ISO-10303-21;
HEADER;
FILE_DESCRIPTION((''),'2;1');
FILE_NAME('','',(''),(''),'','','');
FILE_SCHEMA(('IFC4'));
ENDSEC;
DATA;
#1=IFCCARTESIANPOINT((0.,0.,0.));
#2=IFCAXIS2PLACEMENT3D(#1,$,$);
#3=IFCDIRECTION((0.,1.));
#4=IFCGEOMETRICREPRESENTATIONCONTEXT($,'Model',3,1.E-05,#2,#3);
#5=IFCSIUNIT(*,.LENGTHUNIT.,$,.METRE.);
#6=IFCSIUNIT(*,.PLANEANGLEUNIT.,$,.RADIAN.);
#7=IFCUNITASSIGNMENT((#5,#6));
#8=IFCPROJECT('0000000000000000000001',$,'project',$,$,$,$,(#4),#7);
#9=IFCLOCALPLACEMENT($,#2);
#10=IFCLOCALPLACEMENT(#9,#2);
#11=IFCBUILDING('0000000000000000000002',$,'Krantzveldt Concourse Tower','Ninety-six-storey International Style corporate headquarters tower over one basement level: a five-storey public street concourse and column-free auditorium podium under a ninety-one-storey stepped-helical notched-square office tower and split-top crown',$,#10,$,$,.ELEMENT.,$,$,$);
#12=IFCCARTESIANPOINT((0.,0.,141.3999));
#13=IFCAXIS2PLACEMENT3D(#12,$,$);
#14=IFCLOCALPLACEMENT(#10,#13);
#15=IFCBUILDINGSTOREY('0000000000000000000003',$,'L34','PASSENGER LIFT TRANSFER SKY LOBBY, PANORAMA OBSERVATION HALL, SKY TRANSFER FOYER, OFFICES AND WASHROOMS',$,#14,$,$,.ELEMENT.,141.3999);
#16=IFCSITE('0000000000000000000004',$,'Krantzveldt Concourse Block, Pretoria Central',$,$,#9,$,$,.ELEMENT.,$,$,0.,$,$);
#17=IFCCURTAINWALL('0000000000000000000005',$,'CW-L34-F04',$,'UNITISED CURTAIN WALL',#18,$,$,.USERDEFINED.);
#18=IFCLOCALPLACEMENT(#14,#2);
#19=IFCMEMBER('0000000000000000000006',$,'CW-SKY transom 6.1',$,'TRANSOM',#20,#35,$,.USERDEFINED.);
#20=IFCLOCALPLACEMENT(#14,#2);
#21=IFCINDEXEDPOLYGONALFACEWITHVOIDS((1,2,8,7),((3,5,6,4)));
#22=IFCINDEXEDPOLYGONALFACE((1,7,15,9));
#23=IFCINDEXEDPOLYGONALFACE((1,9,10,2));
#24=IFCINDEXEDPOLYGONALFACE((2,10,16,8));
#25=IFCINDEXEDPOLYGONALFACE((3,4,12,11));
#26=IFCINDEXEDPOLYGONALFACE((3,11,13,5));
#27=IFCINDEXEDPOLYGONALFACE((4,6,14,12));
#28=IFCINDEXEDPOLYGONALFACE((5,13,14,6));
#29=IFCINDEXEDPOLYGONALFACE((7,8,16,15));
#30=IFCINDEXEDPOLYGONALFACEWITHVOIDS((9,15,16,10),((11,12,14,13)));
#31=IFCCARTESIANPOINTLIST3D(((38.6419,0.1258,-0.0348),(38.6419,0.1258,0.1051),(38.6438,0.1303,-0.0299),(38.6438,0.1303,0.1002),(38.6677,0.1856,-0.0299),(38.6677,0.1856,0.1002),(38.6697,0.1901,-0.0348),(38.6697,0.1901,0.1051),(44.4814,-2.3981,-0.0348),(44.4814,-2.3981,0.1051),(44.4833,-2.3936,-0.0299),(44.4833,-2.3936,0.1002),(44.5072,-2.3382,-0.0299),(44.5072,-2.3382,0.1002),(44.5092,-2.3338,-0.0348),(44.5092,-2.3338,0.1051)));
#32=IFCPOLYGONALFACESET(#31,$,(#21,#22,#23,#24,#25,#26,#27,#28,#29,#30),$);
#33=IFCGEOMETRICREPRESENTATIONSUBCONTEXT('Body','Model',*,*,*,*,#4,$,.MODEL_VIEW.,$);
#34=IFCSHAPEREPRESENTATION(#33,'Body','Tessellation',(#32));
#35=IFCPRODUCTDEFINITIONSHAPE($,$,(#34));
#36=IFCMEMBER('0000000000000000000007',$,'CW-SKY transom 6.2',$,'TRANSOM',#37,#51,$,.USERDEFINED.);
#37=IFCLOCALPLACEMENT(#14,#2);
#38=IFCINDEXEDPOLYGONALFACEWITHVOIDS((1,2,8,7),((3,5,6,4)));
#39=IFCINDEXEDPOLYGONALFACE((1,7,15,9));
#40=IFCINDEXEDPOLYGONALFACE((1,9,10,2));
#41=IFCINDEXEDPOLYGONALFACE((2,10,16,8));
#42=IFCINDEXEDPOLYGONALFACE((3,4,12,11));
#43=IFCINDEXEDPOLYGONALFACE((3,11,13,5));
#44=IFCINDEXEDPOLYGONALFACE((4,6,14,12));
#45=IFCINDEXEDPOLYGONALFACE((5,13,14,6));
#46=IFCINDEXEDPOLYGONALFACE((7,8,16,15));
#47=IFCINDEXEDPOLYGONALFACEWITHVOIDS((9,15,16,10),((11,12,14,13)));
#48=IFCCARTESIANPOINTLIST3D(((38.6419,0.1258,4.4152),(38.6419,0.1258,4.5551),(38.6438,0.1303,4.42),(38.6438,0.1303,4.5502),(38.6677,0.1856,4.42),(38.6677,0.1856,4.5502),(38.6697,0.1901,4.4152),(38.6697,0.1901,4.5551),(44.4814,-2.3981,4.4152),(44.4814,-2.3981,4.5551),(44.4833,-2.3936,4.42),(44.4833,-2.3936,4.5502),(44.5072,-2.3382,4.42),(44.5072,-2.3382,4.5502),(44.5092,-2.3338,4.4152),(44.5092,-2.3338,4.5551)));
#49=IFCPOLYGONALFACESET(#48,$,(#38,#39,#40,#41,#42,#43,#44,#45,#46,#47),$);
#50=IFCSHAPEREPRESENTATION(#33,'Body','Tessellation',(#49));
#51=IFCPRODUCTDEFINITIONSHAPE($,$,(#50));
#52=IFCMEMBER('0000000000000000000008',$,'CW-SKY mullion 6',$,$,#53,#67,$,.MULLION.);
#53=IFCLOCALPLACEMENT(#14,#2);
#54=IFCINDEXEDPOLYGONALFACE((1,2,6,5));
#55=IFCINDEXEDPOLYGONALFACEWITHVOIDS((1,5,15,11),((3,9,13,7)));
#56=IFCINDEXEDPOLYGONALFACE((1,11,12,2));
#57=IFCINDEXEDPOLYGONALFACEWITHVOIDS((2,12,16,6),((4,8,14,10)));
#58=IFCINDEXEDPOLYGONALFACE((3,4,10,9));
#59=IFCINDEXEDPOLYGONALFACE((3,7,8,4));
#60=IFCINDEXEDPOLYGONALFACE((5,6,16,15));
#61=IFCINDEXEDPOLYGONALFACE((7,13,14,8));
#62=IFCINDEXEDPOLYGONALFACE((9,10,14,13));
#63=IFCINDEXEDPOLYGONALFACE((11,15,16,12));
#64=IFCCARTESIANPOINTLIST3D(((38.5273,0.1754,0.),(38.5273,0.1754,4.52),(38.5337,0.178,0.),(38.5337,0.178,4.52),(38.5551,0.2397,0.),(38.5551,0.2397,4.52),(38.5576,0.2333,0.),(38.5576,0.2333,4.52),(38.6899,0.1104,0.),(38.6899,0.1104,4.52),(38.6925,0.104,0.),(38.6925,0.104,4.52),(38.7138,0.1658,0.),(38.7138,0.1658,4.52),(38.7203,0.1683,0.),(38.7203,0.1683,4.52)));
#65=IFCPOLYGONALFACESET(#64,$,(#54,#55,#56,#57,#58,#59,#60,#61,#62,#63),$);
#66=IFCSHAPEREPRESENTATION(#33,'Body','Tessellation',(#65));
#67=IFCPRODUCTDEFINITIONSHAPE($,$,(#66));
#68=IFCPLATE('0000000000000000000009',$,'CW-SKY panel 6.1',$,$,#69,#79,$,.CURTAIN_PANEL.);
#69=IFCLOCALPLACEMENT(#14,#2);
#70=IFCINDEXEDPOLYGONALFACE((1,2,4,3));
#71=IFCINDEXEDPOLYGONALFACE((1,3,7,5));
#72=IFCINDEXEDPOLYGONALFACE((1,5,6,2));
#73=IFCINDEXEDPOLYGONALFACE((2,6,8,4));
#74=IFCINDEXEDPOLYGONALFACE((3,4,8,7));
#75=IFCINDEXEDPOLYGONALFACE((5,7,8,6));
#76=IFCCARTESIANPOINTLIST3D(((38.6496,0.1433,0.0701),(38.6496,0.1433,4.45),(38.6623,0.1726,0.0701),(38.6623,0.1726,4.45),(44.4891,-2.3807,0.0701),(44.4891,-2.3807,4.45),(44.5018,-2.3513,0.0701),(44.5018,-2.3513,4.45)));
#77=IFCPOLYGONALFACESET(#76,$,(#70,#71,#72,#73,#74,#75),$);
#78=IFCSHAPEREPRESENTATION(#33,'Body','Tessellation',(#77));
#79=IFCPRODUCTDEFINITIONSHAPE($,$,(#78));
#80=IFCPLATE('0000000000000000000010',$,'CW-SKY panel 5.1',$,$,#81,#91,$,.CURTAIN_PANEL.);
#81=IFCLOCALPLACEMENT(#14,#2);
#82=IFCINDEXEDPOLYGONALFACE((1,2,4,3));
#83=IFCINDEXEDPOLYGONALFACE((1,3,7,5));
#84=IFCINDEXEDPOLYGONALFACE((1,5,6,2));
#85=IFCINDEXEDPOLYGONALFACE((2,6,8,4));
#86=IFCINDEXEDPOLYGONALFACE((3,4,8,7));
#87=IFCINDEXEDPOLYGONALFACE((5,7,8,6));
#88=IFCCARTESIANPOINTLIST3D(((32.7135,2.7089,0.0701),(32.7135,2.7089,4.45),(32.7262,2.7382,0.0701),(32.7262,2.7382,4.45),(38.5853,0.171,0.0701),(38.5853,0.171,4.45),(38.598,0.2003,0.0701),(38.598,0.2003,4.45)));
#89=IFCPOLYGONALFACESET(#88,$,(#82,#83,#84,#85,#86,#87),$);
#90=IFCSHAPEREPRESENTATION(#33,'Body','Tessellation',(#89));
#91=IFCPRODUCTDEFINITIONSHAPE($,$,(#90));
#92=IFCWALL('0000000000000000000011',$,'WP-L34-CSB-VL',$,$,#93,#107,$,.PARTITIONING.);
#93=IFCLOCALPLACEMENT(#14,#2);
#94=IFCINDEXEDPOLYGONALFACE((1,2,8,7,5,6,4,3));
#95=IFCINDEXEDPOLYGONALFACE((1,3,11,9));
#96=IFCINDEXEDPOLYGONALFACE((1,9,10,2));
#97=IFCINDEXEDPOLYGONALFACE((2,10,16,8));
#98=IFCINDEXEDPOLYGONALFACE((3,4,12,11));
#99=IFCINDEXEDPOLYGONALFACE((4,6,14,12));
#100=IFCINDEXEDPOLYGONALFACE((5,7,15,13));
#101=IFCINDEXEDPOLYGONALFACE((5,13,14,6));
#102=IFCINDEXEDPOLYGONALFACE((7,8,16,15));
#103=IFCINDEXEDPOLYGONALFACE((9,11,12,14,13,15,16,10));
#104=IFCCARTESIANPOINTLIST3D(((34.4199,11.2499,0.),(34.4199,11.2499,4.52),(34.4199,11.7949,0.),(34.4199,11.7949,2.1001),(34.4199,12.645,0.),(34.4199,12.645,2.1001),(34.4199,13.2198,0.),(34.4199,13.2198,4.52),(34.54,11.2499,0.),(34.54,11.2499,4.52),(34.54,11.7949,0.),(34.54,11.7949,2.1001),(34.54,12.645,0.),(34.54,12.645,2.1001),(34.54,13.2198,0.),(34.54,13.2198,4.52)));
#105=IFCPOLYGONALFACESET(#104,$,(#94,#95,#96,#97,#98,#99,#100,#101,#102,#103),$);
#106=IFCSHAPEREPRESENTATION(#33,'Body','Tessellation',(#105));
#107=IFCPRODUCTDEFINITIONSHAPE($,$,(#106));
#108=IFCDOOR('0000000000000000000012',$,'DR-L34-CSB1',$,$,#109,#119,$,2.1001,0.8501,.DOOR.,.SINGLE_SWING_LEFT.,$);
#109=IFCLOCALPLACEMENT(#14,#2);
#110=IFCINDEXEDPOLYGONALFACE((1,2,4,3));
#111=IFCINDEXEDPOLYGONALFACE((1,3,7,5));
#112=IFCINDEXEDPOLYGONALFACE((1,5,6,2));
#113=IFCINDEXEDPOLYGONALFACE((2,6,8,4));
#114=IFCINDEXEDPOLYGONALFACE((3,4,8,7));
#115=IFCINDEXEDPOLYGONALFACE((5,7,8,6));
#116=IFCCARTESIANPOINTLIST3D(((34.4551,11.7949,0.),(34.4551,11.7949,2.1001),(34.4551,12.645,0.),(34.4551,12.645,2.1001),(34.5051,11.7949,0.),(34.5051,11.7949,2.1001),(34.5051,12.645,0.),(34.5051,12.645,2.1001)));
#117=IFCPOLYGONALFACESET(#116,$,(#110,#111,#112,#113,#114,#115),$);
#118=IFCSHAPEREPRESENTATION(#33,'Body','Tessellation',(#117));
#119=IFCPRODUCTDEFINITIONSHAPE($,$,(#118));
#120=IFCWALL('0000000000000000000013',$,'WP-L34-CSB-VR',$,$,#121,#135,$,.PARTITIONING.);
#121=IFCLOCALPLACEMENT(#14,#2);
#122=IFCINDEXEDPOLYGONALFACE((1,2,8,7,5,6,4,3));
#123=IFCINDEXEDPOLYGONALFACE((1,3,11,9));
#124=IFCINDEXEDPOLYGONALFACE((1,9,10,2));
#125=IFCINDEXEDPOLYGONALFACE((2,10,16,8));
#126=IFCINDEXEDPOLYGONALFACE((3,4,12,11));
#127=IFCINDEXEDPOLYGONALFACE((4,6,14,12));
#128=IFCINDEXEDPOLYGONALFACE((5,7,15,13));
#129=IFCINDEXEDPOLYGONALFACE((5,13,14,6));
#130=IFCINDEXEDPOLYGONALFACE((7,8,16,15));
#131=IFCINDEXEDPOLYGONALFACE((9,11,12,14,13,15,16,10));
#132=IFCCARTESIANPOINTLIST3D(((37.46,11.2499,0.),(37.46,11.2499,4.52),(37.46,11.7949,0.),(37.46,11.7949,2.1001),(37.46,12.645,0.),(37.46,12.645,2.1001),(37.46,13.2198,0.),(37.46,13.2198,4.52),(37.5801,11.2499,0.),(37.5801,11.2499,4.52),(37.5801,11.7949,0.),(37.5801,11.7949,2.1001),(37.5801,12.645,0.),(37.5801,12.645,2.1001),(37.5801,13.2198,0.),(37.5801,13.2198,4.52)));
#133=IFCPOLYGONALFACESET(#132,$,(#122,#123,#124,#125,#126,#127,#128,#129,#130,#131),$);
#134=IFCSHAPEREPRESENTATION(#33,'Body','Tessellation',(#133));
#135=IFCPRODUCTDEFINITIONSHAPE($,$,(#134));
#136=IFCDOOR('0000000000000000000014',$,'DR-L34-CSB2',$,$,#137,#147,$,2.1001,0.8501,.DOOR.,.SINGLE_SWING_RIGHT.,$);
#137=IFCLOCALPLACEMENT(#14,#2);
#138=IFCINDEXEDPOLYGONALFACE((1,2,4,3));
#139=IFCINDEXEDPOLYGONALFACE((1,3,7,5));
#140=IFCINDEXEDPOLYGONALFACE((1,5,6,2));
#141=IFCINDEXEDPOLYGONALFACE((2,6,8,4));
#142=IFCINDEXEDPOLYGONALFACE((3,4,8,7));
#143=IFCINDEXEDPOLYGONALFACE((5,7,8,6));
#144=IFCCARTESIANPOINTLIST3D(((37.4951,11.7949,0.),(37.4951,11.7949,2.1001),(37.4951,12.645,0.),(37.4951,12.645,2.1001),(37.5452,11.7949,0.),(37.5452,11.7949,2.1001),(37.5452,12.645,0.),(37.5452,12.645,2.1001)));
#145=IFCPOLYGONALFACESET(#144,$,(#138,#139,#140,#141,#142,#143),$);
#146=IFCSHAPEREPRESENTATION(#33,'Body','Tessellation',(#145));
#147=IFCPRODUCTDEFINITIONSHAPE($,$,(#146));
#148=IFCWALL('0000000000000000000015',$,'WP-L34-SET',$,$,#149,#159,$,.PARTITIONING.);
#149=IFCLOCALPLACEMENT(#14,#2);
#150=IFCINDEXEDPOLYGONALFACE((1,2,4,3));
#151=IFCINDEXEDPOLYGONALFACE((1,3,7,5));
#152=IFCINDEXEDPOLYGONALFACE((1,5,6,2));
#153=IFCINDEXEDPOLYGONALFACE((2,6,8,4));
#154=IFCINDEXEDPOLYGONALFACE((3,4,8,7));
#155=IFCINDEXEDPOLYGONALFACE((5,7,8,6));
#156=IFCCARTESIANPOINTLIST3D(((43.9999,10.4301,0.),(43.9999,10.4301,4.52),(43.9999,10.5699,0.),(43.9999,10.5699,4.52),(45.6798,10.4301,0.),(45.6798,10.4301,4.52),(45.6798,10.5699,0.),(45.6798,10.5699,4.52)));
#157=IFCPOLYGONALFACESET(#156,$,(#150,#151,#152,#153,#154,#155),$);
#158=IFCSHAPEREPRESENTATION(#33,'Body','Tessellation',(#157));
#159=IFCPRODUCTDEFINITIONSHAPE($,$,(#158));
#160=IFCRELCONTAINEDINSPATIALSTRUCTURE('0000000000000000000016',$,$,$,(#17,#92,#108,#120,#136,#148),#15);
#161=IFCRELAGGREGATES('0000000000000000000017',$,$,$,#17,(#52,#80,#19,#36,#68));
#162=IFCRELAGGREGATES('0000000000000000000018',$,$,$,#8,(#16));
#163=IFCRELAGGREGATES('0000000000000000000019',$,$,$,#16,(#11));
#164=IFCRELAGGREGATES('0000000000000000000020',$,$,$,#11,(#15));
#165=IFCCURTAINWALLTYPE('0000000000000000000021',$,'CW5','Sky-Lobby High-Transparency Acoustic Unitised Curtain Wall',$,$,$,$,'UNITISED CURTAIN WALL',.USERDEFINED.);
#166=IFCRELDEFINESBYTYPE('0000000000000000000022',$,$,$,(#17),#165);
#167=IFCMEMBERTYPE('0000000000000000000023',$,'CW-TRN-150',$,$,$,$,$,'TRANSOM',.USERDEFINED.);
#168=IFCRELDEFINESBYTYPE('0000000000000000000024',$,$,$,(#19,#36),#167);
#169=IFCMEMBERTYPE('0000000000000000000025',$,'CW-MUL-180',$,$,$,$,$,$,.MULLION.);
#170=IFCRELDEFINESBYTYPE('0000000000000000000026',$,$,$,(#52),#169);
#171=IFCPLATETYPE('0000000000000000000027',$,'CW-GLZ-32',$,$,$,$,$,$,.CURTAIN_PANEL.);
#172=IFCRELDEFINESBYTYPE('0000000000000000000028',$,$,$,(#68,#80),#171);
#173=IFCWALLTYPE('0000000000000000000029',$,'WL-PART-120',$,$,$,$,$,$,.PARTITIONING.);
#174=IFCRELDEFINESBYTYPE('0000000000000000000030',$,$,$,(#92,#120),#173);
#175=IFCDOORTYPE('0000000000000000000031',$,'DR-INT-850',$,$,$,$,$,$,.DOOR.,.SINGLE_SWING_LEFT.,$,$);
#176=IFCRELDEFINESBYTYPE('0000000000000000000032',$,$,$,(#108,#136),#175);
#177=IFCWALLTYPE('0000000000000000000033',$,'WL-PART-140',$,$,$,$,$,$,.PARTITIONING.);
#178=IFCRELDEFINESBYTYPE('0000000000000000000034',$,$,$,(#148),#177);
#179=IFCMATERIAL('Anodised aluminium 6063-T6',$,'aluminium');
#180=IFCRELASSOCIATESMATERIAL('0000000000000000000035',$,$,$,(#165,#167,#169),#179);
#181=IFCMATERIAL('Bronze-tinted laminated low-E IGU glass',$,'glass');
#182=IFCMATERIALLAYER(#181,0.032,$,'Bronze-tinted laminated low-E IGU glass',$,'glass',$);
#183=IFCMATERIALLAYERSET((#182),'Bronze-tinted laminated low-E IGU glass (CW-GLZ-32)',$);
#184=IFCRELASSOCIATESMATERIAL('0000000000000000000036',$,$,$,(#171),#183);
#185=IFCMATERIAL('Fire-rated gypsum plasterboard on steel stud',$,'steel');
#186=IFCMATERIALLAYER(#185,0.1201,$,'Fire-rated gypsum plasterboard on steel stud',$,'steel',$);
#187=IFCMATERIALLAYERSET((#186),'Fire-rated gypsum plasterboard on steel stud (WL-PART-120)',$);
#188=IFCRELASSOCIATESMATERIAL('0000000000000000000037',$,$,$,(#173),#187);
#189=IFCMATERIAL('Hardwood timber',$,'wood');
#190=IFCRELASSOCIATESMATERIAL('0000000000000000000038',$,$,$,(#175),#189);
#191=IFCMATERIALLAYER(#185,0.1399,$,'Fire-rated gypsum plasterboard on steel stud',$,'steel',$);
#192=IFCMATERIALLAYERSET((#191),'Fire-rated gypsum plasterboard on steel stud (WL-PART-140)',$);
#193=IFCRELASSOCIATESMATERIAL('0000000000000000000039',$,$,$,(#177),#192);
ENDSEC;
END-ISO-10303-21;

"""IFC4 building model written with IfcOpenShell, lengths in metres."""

from ifc_helpers import new_model, si_unit, direction, frame, frame_2d, origin, origin_2d, place, context, subcontext, project, spatial, rectangle, hollow_rectangle, extrude, source, transform, mapped, material, layer, layer_set, material_profile, profile_set, type_object, type_shapes, element, fill, aggregate, save


model = new_model("IFC4")

# Units and contexts
model_context = context("Model", 3, precision=1e-05, world=origin(), true_north=direction((0.0, 1.0)))
body_context = subcontext(model_context, "Body", "Model", "MODEL_VIEW")
ifc_project = project(units=[si_unit("LENGTHUNIT", "METRE"), si_unit("PLANEANGLEUNIT", "RADIAN")], contexts=[model_context])

# Site, building, storey
site_placement = place(None, origin())
site = spatial("IfcSite", under=ifc_project, at=site_placement, Name="Krantzveldt Concourse Block, Pretoria Central", CompositionType="ELEMENT", RefElevation=0.0)
building_placement = place(site_placement, origin())
building = spatial("IfcBuilding", under=site, at=building_placement, Name="Krantzveldt Concourse Tower", Description="Ninety-six-storey International Style corporate headquarters tower over one basement level: a five-storey public street concourse and column-free auditorium podium under a ninety-one-storey stepped-helical notched-square office tower and split-top crown", CompositionType="ELEMENT")
storey_placement = place(building_placement, frame((0.0, 0.0, 141.3999)))
storey = spatial("IfcBuildingStorey", under=building, at=storey_placement, Name="L34", Description="PASSENGER LIFT TRANSFER SKY LOBBY, PANORAMA OBSERVATION HALL, SKY TRANSFER FOYER, OFFICES AND WASHROOMS", CompositionType="ELEMENT", Elevation=141.3999)

# Curtain wall, members, plates
ifc_material_1 = material(Name="Anodised aluminium 6063-T6", Category="aluminium")
curtain_wall_type = type_object("IfcCurtainWallType", Name="CW5", Description="Sky-Lobby High-Transparency Acoustic Unitised Curtain Wall", ElementType="UNITISED CURTAIN WALL", PredefinedType="USERDEFINED", material=ifc_material_1)
curtain_wall_placement = place(storey_placement, origin())
curtain_wall = element("IfcCurtainWall", 1, at=curtain_wall_placement, inside=storey, type_object=curtain_wall_type, Name="CW-L34-F04", ObjectType="UNITISED CURTAIN WALL", PredefinedType="USERDEFINED")
ifc_material_profile_1 = material_profile(ifc_material_1, hollow_rectangle(XDim=0.0701, YDim=0.1399, WallThickness=0.0049, at=origin_2d()), Name="Anodised aluminium 6063-T6", Category="aluminium")
ifc_profile_set_1 = profile_set([ifc_material_profile_1], Name="Anodised aluminium 6063-T6 - ALU-TRAN 140x70x5")
member_type_1 = type_object("IfcMemberType", Name="CW-TRN-150", ElementType="TRANSOM", PredefinedType="USERDEFINED", material=ifc_profile_set_1)
shared_shape_1 = source(origin(), body_context, "Body", "SweptSolid", [
    extrude(hollow_rectangle(XDim=0.0701, YDim=0.1399, WallThickness=0.0049, at=origin_2d()), origin(), (0.0, 0.0, 1.0), 6.3616),
])
type_shapes(member_type_1, [shared_shape_1])
member_1_placement = place(storey_placement, frame((38.6558, 0.158, 0.0352), z_axis=(0.917932, -0.396738, 0.0), x_axis=(0.396738, 0.917932, 0.0)))
member_1 = element("IfcMember", 2, at=member_1_placement, type_object=member_type_1, Name="CW-SKY transom 6.1", ObjectType="TRANSOM", PredefinedType="USERDEFINED", context=body_context, shape_type="MappedRepresentation", body=[
    mapped(shared_shape_1, transform((0.0, 0.0, 0.0), x_axis=(1.0, 0.0, 0.0), y_axis=(0.0, 1.0, 0.0), z_axis=(0.0, 0.0, 1.0), scale=1.0)),
])
member_2_placement = place(storey_placement, frame((38.6558, 0.158, 4.4851), z_axis=(0.917932, -0.396738, 0.0), x_axis=(0.396738, 0.917932, 0.0)))
member_2 = element("IfcMember", 3, at=member_2_placement, type_object=member_type_1, Name="CW-SKY transom 6.2", ObjectType="TRANSOM", PredefinedType="USERDEFINED", context=body_context, shape_type="MappedRepresentation", body=[
    mapped(shared_shape_1, transform((0.0, 0.0, 0.0), x_axis=(1.0, 0.0, 0.0), y_axis=(0.0, 1.0, 0.0), z_axis=(0.0, 0.0, 1.0), scale=1.0)),
])
ifc_material_profile_2 = material_profile(ifc_material_1, hollow_rectangle(XDim=0.0701, YDim=0.1799, WallThickness=0.0049, at=origin_2d()), Name="Anodised aluminium 6063-T6", Category="aluminium")
ifc_profile_set_2 = profile_set([ifc_material_profile_2], Name="Anodised aluminium 6063-T6 - ALU-MULL 180x70x5")
member_type_2 = type_object("IfcMemberType", Name="CW-MUL-180", PredefinedType="MULLION", material=ifc_profile_set_2)
shared_shape_2 = source(origin(), body_context, "Body", "SweptSolid", [
    extrude(hollow_rectangle(XDim=0.0701, YDim=0.1799, WallThickness=0.0049, at=origin_2d()), origin(), (0.0, 0.0, 1.0), 4.52),
])
type_shapes(member_type_2, [shared_shape_2])
member_3_placement = place(storey_placement, frame((38.6238, 0.1719, 0.0), z_axis=(0.0, 0.0, 1.0), x_axis=(0.396747, 0.917928, 0.0)))
member_3 = element("IfcMember", 4, at=member_3_placement, type_object=member_type_2, Name="CW-SKY mullion 6", PredefinedType="MULLION", context=body_context, shape_type="MappedRepresentation", body=[
    mapped(shared_shape_2, transform((0.0, 0.0, 0.0), x_axis=(1.0, 0.0, 0.0), y_axis=(0.0, 1.0, 0.0), z_axis=(0.0, 0.0, 1.0), scale=1.0)),
])
ifc_material_2 = material(Name="Bronze-tinted laminated low-E IGU glass", Category="glass")
ifc_layer_1 = layer(ifc_material_2, 0.032, Name="Bronze-tinted laminated low-E IGU glass", Category="glass")
ifc_layer_set_1 = layer_set([ifc_layer_1], Name="Bronze-tinted laminated low-E IGU glass (CW-GLZ-32)")
plate_type = type_object("IfcPlateType", Name="CW-GLZ-32", PredefinedType="CURTAIN_PANEL", material=ifc_layer_set_1)
shared_shape_3 = source(origin(), body_context, "Body", "SweptSolid", [
    extrude(rectangle(XDim=6.3616, YDim=0.032, at=origin_2d()), origin(), (0.0, 0.0, 1.0), 4.3799),
])
plate_1_placement = place(storey_placement, frame((41.5757, -1.104, 0.0701), z_axis=(0.0, 0.0, 1.0), x_axis=(0.917928, -0.396747, 0.0)))
plate_1 = element("IfcPlate", 5, at=plate_1_placement, type_object=plate_type, Name="CW-SKY panel 6.1", PredefinedType="CURTAIN_PANEL", context=body_context, shape_type="MappedRepresentation", body=[
    mapped(shared_shape_3, transform((0.0, 0.0, 0.0), x_axis=(1.0, 0.0, 0.0), y_axis=(0.0, 1.0, 0.0), z_axis=(0.0, 0.0, 1.0), scale=1.0)),
])
shared_shape_4 = source(origin(), body_context, "Body", "SweptSolid", [
    extrude(rectangle(XDim=6.3967, YDim=0.032, at=origin_2d()), origin(), (0.0, 0.0, 1.0), 4.3799),
])
type_shapes(plate_type, [shared_shape_3, shared_shape_4])
plate_2_placement = place(storey_placement, frame((35.6558, 1.4546, 0.0701), z_axis=(0.0, 0.0, 1.0), x_axis=(0.917928, -0.396747, 0.0)))
plate_2 = element("IfcPlate", 6, at=plate_2_placement, type_object=plate_type, Name="CW-SKY panel 5.1", PredefinedType="CURTAIN_PANEL", context=body_context, shape_type="MappedRepresentation", body=[
    mapped(shared_shape_4, transform((0.0, 0.0, 0.0), x_axis=(1.0, 0.0, 0.0), y_axis=(0.0, 1.0, 0.0), z_axis=(0.0, 0.0, 1.0), scale=1.0)),
])
aggregate(curtain_wall, [member_3, plate_2, member_1, member_2, plate_1])

# Walls, openings, doors
ifc_material_3 = material(Name="Fire-rated gypsum plasterboard on steel stud", Category="steel")
ifc_layer_2 = layer(ifc_material_3, 0.1201, Name="Fire-rated gypsum plasterboard on steel stud", Category="steel")
ifc_layer_set_2 = layer_set([ifc_layer_2], Name="Fire-rated gypsum plasterboard on steel stud (WL-PART-120)")
wall_type_1 = type_object("IfcWallType", Name="WL-PART-120", PredefinedType="PARTITIONING", material=ifc_layer_set_2)
wall_1_placement = place(storey_placement, frame((34.48, 11.25, 0.0), z_axis=(0.0, 0.0, 1.0), x_axis=(0.0, 1.0, 0.0)))
wall_1 = element("IfcWall", 7, at=wall_1_placement, inside=storey, type_object=wall_type_1, Name="WP-L34-CSB-VL", PredefinedType="PARTITIONING", context=body_context, shape_type="SweptSolid", body=[
    extrude(rectangle(XDim=1.97, YDim=0.1201, at=frame_2d((0.9849, 0.0))), origin(), (0.0, 0.0, 1.0), 4.52),
])
opening_1_placement = place(wall_1_placement, frame((0.5449, 0.0, 0.0)))
opening_1 = element("IfcOpeningElement", 8, at=opening_1_placement, cuts=wall_1, PredefinedType="OPENING", context=body_context, shape_type="SweptSolid", body=[
    extrude(rectangle(XDim=0.8501, YDim=2.1001, at=frame_2d((0.425, 1.05))), frame((0.0, 0.0701, 0.0), z_axis=(0.0, -1.0, 0.0), x_axis=(1.0, 0.0, 0.0)), (0.0, 0.0, 1.0), 0.1401),
])
ifc_material_4 = material(Name="Hardwood timber", Category="wood")
door_type_1 = type_object("IfcDoorType", Name="DR-INT-850", OperationType="SINGLE_SWING_LEFT", PredefinedType="DOOR", material=ifc_material_4)
door_1_placement = place(opening_1_placement, origin())
door_1 = element("IfcDoor", 9, at=door_1_placement, inside=storey, type_object=door_type_1, Name="DR-L34-CSB1", OperationType="SINGLE_SWING_LEFT", OverallHeight=2.1001, OverallWidth=0.8501, PredefinedType="DOOR", context=body_context, shape_type="SweptSolid", body=[
    extrude(rectangle(XDim=0.8501, YDim=2.1001, at=frame_2d((0.425, 1.05))), frame((0.0, 0.0249, 0.0), z_axis=(0.0, -1.0, 0.0), x_axis=(1.0, 0.0, 0.0)), (0.0, 0.0, 1.0), 0.05),
])
fill(opening_1, door_1)
wall_2_placement = place(storey_placement, frame((37.52, 11.25, 0.0), z_axis=(0.0, 0.0, 1.0), x_axis=(0.0, 1.0, 0.0)))
wall_2 = element("IfcWall", 10, at=wall_2_placement, inside=storey, type_object=wall_type_1, Name="WP-L34-CSB-VR", PredefinedType="PARTITIONING", context=body_context, shape_type="SweptSolid", body=[
    extrude(rectangle(XDim=1.97, YDim=0.1201, at=frame_2d((0.9849, 0.0))), origin(), (0.0, 0.0, 1.0), 4.52),
])
opening_2_placement = place(wall_2_placement, frame((0.5449, 0.0, 0.0)))
opening_2 = element("IfcOpeningElement", 11, at=opening_2_placement, cuts=wall_2, PredefinedType="OPENING", context=body_context, shape_type="SweptSolid", body=[
    extrude(rectangle(XDim=0.8501, YDim=2.1001, at=frame_2d((0.425, 1.05))), frame((0.0, 0.0701, 0.0), z_axis=(0.0, -1.0, 0.0), x_axis=(1.0, 0.0, 0.0)), (0.0, 0.0, 1.0), 0.1401),
])
door_2_placement = place(opening_2_placement, origin())
door_2 = element("IfcDoor", 12, at=door_2_placement, inside=storey, type_object=door_type_1, Name="DR-L34-CSB2", OperationType="SINGLE_SWING_RIGHT", OverallHeight=2.1001, OverallWidth=0.8501, PredefinedType="DOOR", context=body_context, shape_type="SweptSolid", body=[
    extrude(rectangle(XDim=0.8501, YDim=2.1001, at=frame_2d((0.425, 1.05))), frame((0.0, 0.0249, 0.0), z_axis=(0.0, -1.0, 0.0), x_axis=(1.0, 0.0, 0.0)), (0.0, 0.0, 1.0), 0.05),
])
fill(opening_2, door_2)

# Wall
ifc_layer_3 = layer(ifc_material_3, 0.1399, Name="Fire-rated gypsum plasterboard on steel stud", Category="steel")
ifc_layer_set_3 = layer_set([ifc_layer_3], Name="Fire-rated gypsum plasterboard on steel stud (WL-PART-140)")
wall_type_2 = type_object("IfcWallType", Name="WL-PART-140", PredefinedType="PARTITIONING", material=ifc_layer_set_3)
wall_3_placement = place(storey_placement, frame((44.0, 10.5, 0.0), z_axis=(0.0, 0.0, 1.0), x_axis=(1.0, 0.0, 0.0)))
element("IfcWall", 13, at=wall_3_placement, inside=storey, type_object=wall_type_2, Name="WP-L34-SET", PredefinedType="PARTITIONING", context=body_context, shape_type="SweptSolid", body=[
    extrude(rectangle(XDim=1.6799, YDim=0.1399, at=frame_2d((0.8398, 0.0))), origin(), (0.0, 0.0, 1.0), 4.52),
])

save(model, "model.ifc")
